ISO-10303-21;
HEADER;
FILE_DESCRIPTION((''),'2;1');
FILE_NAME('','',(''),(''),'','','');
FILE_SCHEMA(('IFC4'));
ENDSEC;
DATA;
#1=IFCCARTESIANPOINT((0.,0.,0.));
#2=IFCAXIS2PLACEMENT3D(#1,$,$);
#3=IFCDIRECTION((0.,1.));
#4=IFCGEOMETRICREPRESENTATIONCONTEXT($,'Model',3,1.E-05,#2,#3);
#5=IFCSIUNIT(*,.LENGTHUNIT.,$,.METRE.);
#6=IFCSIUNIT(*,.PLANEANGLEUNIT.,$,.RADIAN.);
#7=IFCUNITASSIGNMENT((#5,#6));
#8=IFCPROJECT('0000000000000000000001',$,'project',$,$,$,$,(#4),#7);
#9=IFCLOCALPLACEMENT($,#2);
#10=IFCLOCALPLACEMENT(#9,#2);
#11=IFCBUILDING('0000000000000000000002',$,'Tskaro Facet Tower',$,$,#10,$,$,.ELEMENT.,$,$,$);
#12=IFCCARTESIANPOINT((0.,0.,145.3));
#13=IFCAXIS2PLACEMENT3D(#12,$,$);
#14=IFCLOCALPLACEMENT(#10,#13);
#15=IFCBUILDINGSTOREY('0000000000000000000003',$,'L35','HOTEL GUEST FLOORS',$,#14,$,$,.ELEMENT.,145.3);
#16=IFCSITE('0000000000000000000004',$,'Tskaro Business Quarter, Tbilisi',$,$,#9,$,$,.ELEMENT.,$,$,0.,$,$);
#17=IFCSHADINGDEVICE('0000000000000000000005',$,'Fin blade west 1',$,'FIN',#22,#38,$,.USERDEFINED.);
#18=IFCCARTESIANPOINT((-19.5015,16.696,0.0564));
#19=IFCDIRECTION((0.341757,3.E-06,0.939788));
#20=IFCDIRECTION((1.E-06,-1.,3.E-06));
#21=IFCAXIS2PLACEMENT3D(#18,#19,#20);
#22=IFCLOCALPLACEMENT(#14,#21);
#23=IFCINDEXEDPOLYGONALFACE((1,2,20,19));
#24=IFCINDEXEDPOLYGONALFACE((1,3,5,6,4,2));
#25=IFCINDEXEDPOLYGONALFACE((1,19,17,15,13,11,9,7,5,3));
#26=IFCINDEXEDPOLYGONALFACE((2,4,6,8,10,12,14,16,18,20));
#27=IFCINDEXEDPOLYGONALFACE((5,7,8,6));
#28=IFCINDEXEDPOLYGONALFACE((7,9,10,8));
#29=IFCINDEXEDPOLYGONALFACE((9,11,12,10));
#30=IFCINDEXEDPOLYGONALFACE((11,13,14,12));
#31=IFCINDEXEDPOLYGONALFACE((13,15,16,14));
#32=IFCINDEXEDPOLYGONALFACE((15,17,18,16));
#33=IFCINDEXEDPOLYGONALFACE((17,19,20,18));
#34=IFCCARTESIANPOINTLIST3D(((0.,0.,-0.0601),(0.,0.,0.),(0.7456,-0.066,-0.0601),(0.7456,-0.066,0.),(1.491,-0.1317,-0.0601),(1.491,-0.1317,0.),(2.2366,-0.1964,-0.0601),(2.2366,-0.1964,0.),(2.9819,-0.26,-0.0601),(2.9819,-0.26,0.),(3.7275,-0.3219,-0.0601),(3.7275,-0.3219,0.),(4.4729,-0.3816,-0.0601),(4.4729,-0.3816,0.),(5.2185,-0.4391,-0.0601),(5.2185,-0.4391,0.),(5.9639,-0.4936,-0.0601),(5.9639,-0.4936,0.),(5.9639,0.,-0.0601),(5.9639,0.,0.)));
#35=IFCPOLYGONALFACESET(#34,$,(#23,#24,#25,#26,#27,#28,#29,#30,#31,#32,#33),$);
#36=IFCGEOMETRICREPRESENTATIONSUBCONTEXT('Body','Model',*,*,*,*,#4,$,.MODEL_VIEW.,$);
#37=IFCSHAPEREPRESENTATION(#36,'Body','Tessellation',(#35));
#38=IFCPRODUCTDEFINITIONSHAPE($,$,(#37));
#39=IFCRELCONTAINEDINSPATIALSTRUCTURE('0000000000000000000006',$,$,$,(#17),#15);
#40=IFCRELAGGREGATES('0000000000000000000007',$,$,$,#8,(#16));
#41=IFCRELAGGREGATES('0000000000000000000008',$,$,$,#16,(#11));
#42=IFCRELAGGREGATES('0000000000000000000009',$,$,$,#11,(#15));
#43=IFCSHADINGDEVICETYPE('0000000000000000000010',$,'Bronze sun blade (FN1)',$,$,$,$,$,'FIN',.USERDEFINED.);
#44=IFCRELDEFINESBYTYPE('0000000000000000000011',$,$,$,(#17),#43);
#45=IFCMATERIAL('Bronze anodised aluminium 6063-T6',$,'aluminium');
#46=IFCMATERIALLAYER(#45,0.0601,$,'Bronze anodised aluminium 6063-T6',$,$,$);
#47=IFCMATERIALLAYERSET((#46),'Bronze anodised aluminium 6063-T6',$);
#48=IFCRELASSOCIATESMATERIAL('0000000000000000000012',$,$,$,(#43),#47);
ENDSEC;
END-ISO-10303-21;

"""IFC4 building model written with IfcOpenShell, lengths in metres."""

from ifc_helpers import new_model, si_unit, direction, frame, origin, place, context, subcontext, project, spatial, polyline, outline, extrude, material, layer, layer_set, type_object, element, save


model = new_model("IFC4")

# Units and contexts
model_context = context("Model", 3, precision=1e-05, world=origin(), true_north=direction((0.0, 1.0)))
body_context = subcontext(model_context, "Body", "Model", "MODEL_VIEW")
ifc_project = project(units=[si_unit("LENGTHUNIT", "METRE"), si_unit("PLANEANGLEUNIT", "RADIAN")], contexts=[model_context])

# Site, building, storey
site_placement = place(None, origin())
site = spatial("IfcSite", under=ifc_project, at=site_placement, Name="Tskaro Business Quarter, Tbilisi", CompositionType="ELEMENT", RefElevation=0.0)
building_placement = place(site_placement, origin())
building = spatial("IfcBuilding", under=site, at=building_placement, Name="Tskaro Facet Tower", CompositionType="ELEMENT")
storey_placement = place(building_placement, frame((0.0, 0.0, 145.3)))
storey = spatial("IfcBuildingStorey", under=building, at=storey_placement, Name="L35", Description="HOTEL GUEST FLOORS", CompositionType="ELEMENT", Elevation=145.3)

# Shared definitions
ifc_material_1 = material(Name="Bronze anodised aluminium 6063-T6", Category="aluminium")

# Shading device
ifc_layer_1 = layer(ifc_material_1, 0.0601, Name="Bronze anodised aluminium 6063-T6")
ifc_layer_set_1 = layer_set([ifc_layer_1], Name="Bronze anodised aluminium 6063-T6")
shading_device_type = type_object("IfcShadingDeviceType", Name="Bronze sun blade (FN1)", ElementType="FIN", PredefinedType="USERDEFINED", material=ifc_layer_set_1)
shading_device_1_placement = place(storey_placement, frame((-19.5015, 16.696, 0.0564), z_axis=(0.341757, 0.000003, 0.939788), x_axis=(0.000001, -1.0, 0.000003)))
element("IfcShadingDevice", 1, at=shading_device_1_placement, inside=storey, type_object=shading_device_type, Name="Fin blade west 1", ObjectType="FIN", PredefinedType="USERDEFINED", context=body_context, shape_type="SweptSolid", body=[
    extrude(outline(polyline([(0.0, 0.0), (5.9639, 0.0), (5.9639, -0.4936), (5.2185, -0.4391), (4.4729, -0.3816), (3.7275, -0.3219), (2.9819, -0.26), (2.2366, -0.1964), (1.491, -0.1317), (0.7456, -0.066), (0.0, 0.0)])), origin(), (0.0, 0.0, -1.0), 0.0601),
])

save(model, "model.ifc")
